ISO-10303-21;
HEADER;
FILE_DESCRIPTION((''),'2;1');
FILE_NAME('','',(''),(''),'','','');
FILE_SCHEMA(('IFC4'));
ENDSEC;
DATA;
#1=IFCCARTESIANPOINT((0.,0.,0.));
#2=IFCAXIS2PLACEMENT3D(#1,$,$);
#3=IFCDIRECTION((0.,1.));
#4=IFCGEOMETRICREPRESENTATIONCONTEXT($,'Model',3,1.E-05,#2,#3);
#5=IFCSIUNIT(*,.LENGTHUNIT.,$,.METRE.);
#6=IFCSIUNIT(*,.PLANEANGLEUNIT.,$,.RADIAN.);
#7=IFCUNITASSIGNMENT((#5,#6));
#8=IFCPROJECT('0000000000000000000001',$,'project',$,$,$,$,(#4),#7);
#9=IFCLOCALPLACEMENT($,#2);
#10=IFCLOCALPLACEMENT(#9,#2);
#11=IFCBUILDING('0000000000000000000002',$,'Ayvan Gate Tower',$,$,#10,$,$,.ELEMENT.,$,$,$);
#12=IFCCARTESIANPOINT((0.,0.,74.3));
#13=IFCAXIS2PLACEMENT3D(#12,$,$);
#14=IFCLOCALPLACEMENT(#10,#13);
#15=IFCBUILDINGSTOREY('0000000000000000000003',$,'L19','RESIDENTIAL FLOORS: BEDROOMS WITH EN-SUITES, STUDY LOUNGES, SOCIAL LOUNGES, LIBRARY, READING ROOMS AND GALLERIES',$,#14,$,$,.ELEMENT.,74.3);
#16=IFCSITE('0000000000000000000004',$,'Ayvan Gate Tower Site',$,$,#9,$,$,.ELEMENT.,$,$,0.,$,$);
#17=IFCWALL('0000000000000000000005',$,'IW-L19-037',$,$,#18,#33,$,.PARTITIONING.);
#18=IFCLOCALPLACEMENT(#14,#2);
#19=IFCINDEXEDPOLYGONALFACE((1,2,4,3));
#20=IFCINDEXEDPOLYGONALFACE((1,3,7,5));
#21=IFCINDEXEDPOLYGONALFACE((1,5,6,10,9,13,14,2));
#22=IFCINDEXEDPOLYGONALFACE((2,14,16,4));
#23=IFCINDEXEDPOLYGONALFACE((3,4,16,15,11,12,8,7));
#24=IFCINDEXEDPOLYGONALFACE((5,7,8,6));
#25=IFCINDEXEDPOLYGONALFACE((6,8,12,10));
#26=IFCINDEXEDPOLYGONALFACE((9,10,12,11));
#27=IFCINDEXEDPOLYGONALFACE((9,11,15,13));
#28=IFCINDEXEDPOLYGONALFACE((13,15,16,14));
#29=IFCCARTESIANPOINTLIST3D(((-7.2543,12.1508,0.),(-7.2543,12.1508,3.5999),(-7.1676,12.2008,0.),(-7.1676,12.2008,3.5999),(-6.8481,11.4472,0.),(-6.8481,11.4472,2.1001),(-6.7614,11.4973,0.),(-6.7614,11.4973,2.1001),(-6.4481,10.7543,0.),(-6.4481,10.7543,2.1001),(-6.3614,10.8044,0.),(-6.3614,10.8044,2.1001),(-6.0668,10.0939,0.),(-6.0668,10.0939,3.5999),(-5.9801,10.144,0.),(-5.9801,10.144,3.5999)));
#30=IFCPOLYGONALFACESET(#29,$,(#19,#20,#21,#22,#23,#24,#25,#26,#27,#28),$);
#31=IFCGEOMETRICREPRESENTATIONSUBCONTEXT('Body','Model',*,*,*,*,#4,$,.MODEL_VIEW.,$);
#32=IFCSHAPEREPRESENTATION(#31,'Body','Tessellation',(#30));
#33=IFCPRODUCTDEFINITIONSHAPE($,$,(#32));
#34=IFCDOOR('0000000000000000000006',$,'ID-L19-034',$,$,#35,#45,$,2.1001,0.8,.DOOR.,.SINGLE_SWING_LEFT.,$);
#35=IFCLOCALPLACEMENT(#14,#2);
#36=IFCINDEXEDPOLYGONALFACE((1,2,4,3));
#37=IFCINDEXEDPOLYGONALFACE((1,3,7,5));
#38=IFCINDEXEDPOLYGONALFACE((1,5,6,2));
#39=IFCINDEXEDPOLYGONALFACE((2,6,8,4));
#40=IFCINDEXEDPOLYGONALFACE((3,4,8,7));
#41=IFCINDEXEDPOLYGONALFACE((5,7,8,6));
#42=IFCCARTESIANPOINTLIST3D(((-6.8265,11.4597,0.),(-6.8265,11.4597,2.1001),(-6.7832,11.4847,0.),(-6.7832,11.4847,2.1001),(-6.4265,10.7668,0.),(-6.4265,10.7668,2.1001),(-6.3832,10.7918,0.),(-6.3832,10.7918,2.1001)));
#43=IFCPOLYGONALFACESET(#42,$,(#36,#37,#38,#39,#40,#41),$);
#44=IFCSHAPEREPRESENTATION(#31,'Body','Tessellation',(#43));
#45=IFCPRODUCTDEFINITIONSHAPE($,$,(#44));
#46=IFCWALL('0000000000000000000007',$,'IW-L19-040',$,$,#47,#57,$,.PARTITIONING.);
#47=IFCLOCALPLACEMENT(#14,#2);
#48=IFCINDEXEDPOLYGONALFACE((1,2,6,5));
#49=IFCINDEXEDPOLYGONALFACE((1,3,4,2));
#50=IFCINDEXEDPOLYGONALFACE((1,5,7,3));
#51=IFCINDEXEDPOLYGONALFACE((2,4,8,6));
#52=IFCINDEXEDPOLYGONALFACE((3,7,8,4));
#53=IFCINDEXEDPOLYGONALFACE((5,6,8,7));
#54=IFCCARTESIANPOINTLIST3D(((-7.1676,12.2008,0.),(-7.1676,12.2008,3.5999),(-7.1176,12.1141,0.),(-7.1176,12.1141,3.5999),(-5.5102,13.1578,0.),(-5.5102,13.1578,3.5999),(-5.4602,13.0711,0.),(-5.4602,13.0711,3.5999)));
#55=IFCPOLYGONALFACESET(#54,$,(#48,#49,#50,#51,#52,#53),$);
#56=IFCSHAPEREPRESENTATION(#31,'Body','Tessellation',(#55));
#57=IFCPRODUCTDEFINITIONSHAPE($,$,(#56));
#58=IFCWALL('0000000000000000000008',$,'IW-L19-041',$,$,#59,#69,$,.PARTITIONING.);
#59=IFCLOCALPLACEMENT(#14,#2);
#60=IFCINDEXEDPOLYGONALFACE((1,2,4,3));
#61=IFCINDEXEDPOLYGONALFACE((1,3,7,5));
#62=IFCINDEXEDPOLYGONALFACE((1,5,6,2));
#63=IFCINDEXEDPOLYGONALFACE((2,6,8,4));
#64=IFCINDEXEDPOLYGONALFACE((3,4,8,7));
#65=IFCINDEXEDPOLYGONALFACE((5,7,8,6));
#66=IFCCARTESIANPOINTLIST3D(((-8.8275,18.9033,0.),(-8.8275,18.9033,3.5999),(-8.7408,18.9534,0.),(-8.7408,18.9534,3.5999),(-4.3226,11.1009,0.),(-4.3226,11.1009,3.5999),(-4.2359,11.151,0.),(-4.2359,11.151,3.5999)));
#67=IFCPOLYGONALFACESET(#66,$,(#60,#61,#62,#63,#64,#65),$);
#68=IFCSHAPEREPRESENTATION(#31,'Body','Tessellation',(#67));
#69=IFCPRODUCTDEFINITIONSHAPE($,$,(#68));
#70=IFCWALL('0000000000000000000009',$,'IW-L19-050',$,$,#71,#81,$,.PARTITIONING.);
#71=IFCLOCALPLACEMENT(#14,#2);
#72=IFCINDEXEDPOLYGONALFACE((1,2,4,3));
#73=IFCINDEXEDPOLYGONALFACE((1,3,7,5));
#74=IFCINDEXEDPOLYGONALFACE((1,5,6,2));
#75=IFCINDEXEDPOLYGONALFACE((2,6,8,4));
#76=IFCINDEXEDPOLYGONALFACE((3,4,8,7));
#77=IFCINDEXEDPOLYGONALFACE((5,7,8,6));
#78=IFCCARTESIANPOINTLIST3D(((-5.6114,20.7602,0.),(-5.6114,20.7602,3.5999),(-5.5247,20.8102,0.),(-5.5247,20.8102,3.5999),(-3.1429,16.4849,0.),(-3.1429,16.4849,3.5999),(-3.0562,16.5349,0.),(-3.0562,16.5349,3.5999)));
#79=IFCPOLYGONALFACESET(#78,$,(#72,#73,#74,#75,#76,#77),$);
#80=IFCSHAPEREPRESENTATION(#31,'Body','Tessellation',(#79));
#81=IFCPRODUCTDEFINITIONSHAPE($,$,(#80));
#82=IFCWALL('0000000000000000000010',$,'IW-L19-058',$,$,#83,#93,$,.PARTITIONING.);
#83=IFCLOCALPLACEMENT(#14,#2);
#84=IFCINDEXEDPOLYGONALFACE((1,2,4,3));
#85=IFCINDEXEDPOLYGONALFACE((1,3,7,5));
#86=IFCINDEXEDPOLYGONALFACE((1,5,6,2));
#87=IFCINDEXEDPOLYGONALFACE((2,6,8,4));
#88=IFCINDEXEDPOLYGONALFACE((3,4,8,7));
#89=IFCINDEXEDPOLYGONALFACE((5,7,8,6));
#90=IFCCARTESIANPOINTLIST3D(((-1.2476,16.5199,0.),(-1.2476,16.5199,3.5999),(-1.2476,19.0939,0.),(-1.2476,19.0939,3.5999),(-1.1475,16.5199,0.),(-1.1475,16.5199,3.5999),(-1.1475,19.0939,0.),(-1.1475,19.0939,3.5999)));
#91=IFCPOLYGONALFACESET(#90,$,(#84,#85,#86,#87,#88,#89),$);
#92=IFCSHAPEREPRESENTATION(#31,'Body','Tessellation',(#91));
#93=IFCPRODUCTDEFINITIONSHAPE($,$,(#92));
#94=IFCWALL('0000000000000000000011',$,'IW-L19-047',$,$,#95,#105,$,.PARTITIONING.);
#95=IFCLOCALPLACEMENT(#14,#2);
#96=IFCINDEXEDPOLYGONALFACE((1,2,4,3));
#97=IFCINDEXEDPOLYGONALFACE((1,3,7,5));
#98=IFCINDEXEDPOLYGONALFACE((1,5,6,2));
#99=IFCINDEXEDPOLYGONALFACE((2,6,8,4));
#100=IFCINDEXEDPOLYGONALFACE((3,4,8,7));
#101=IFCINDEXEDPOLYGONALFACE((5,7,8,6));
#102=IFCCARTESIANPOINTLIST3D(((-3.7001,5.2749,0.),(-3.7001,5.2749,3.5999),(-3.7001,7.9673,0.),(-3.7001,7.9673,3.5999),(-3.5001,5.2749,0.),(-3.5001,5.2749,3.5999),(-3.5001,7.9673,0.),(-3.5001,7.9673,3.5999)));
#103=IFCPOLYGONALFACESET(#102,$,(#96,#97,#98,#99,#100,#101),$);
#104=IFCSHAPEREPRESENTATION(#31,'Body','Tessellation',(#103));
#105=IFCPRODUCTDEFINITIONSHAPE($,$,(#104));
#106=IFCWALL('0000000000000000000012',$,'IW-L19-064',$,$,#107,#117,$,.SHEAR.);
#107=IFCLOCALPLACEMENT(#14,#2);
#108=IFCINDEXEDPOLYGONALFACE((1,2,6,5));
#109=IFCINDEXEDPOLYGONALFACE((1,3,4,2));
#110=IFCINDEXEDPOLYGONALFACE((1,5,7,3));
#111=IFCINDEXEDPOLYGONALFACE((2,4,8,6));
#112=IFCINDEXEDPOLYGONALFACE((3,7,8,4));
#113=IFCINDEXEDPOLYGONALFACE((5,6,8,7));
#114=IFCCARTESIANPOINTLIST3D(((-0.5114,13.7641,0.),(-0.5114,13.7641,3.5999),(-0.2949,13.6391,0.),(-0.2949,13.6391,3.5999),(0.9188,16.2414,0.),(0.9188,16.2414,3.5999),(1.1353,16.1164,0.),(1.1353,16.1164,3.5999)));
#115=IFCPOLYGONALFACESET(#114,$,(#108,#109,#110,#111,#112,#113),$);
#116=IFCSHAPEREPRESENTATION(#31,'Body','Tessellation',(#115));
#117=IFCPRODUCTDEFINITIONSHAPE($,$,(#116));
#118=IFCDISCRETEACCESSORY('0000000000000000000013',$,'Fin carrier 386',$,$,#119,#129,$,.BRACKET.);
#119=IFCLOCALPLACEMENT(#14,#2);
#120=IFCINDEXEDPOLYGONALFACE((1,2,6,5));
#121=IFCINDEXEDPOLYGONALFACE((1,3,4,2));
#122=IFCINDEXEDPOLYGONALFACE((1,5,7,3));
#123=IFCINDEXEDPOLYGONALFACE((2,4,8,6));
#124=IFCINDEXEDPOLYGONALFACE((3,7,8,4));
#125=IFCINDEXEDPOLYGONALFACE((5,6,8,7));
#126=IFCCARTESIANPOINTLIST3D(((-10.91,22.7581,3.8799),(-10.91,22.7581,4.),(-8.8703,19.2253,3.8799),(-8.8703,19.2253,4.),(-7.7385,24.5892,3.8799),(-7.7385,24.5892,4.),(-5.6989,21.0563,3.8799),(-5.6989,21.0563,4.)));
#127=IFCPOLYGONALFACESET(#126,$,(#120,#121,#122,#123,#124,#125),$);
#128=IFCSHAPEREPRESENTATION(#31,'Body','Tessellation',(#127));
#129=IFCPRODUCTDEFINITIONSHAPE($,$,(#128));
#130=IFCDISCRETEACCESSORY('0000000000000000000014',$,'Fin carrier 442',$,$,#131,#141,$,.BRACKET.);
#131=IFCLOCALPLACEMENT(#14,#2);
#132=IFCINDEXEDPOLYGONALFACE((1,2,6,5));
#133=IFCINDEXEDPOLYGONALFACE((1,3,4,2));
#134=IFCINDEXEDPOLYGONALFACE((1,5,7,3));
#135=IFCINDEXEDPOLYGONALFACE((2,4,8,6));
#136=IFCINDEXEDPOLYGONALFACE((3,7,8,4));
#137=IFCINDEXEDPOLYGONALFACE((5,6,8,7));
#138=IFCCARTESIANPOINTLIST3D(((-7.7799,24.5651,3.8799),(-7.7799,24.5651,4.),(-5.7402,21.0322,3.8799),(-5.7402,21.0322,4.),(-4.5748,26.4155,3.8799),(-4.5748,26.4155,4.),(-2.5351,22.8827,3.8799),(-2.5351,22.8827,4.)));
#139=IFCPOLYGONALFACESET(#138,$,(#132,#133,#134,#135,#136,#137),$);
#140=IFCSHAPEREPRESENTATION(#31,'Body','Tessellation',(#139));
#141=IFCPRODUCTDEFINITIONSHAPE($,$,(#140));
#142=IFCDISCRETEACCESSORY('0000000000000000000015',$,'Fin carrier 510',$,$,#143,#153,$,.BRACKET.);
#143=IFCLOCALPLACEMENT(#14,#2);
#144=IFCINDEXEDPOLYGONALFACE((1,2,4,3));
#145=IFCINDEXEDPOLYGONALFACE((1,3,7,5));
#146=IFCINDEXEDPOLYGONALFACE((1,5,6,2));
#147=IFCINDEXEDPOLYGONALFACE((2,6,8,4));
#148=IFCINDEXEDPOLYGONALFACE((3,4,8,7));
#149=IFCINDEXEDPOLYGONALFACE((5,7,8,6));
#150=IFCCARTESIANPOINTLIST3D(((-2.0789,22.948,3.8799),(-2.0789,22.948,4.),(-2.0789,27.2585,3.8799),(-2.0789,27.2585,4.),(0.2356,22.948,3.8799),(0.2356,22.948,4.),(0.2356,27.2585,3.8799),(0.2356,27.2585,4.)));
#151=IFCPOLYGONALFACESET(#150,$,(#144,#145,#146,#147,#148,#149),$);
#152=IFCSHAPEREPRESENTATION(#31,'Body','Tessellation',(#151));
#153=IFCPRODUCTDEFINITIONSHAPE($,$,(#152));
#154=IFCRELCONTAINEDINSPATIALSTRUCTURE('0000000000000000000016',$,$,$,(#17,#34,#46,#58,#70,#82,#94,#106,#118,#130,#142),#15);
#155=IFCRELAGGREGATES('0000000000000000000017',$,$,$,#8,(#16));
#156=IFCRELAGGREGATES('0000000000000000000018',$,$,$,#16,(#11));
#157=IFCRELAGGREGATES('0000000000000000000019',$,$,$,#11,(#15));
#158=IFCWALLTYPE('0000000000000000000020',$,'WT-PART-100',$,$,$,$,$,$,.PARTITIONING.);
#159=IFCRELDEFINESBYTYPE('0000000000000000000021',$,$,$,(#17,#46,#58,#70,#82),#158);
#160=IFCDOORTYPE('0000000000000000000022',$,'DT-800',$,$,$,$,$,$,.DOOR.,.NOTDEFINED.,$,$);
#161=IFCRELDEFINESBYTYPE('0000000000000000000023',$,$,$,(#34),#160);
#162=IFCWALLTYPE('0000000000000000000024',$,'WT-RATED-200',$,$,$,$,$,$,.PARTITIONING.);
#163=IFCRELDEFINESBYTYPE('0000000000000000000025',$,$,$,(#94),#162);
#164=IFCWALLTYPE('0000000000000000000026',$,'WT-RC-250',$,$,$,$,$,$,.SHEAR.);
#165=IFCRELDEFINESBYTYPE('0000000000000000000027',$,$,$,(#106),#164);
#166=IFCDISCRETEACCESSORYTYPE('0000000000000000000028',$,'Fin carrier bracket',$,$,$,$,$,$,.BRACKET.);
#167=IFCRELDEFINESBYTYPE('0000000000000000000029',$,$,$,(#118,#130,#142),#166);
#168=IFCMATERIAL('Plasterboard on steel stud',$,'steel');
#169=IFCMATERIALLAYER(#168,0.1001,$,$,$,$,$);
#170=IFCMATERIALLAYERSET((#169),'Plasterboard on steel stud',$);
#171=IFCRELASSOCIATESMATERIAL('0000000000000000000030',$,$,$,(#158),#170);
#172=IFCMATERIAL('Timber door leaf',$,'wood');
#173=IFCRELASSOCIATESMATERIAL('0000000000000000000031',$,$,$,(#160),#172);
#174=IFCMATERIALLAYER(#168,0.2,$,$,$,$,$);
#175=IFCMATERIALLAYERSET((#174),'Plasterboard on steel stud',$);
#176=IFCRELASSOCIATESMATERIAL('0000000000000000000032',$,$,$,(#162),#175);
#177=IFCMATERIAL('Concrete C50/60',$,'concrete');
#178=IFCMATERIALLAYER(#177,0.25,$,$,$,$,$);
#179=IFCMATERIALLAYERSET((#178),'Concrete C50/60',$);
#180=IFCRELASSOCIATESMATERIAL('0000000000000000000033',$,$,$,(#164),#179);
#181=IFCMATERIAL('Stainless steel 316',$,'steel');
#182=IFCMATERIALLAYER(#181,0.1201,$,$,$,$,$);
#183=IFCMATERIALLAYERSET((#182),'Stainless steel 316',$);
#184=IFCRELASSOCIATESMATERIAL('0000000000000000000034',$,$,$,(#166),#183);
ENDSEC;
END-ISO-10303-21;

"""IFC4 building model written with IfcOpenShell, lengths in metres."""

from ifc_helpers import new_model, si_unit, direction, frame, frame_2d, origin, origin_2d, place, context, subcontext, project, spatial, rectangle, extrude, material, layer, layer_set, type_object, element, fill, save


model = new_model("IFC4")

# Units and contexts
model_context = context("Model", 3, precision=1e-05, world=origin(), true_north=direction((0.0, 1.0)))
body_context = subcontext(model_context, "Body", "Model", "MODEL_VIEW")
ifc_project = project(units=[si_unit("LENGTHUNIT", "METRE"), si_unit("PLANEANGLEUNIT", "RADIAN")], contexts=[model_context])

# Site, building, storey
site_placement = place(None, origin())
site = spatial("IfcSite", under=ifc_project, at=site_placement, Name="Ayvan Gate Tower Site", CompositionType="ELEMENT", RefElevation=0.0)
building_placement = place(site_placement, origin())
building = spatial("IfcBuilding", under=site, at=building_placement, Name="Ayvan Gate Tower", CompositionType="ELEMENT")
storey_placement = place(building_placement, frame((0.0, 0.0, 74.3)))
storey = spatial("IfcBuildingStorey", under=building, at=storey_placement, Name="L19", Description="RESIDENTIAL FLOORS: BEDROOMS WITH EN-SUITES, STUDY LOUNGES, SOCIAL LOUNGES, LIBRARY, READING ROOMS AND GALLERIES", CompositionType="ELEMENT", Elevation=74.3)

# Shared definitions
ifc_material_1 = material(Name="Plasterboard on steel stud", Category="steel")

# Shared definitions
ifc_material_2 = material(Name="Timber door leaf", Category="wood")

# Shared definitions
ifc_layer_1 = layer(ifc_material_1, 0.1001)
ifc_layer_set_1 = layer_set([ifc_layer_1], Name="Plasterboard on steel stud")
wall_type_1 = type_object("IfcWallType", Name="WT-PART-100", PredefinedType="PARTITIONING", material=ifc_layer_set_1)

# Shared definitions
door_type_1 = type_object("IfcDoorType", Name="DT-800", OperationType="NOTDEFINED", PredefinedType="DOOR", material=ifc_material_2)

# Wall, opening, door
wall_1_placement = place(storey_placement, frame((-7.2109, 12.1758, 0.0), z_axis=(0.0, 0.0, 1.0), x_axis=(0.499986, -0.866033, 0.0)))
wall_1 = element("IfcWall", 1, at=wall_1_placement, inside=storey, type_object=wall_type_1, Name="IW-L19-037", PredefinedType="PARTITIONING", context=body_context, shape_type="SweptSolid", body=[
    extrude(rectangle(XDim=2.375, YDim=0.1001, at=frame_2d((1.1875, 0.0))), origin(), (0.0, 0.0, 1.0), 3.5999),
])
opening_1_placement = place(wall_1_placement, frame((0.8125, 0.0, 0.0)))
opening_1 = element("IfcOpeningElement", 2, at=opening_1_placement, cuts=wall_1, PredefinedType="OPENING", context=body_context, shape_type="SweptSolid", body=[
    extrude(rectangle(XDim=0.8, YDim=2.1001, at=frame_2d((0.3999, 1.05))), frame((0.0, 0.0601, 0.0), z_axis=(0.0, -1.0, 0.0), x_axis=(1.0, 0.0, 0.0)), (0.0, 0.0, 1.0), 0.1201),
])
door_1_placement = place(opening_1_placement, origin())
door_1 = element("IfcDoor", 3, at=door_1_placement, inside=storey, type_object=door_type_1, Name="ID-L19-034", OperationType="SINGLE_SWING_LEFT", OverallHeight=2.1001, OverallWidth=0.8, PredefinedType="DOOR", context=body_context, shape_type="SweptSolid", body=[
    extrude(rectangle(XDim=0.8, YDim=2.1001, at=frame_2d((0.3999, 1.05))), frame((0.0, 0.0249, 0.0), z_axis=(0.0, -1.0, 0.0), x_axis=(1.0, 0.0, 0.0)), (0.0, 0.0, 1.0), 0.05),
])
fill(opening_1, door_1)

# Walls
wall_2_placement = place(storey_placement, frame((-5.4851, 13.1145, 0.0), z_axis=(0.0, 0.0, 1.0), x_axis=(-0.866005, -0.500035, 0.0)))
element("IfcWall", 4, at=wall_2_placement, inside=storey, type_object=wall_type_1, Name="IW-L19-040", PredefinedType="PARTITIONING", context=body_context, shape_type="SweptSolid", body=[
    extrude(rectangle(XDim=1.9138, YDim=0.1001, at=frame_2d((0.957, 0.0))), origin(), (0.0, 0.0, 1.0), 3.5999),
])
wall_3_placement = place(storey_placement, frame((-8.7842, 18.9285, 0.0), z_axis=(0.0, 0.0, 1.0), x_axis=(0.500009, -0.86602, 0.0)))
element("IfcWall", 5, at=wall_3_placement, inside=storey, type_object=wall_type_1, Name="IW-L19-041", PredefinedType="PARTITIONING", context=body_context, shape_type="SweptSolid", body=[
    extrude(rectangle(XDim=9.0095, YDim=0.1001, at=frame_2d((4.5049, 0.0))), origin(), (0.0, 0.0, 1.0), 3.5999),
])
wall_4_placement = place(storey_placement, frame((-3.0996, 16.51, 0.0), z_axis=(0.0, 0.0, 1.0), x_axis=(-0.500016, 0.866016, 0.0)))
element("IfcWall", 6, at=wall_4_placement, inside=storey, type_object=wall_type_1, Name="IW-L19-050", PredefinedType="PARTITIONING", context=body_context, shape_type="SweptSolid", body=[
    extrude(rectangle(XDim=4.9368, YDim=0.1001, at=frame_2d((2.4683, 0.0))), origin(), (0.0, 0.0, 1.0), 3.5999),
])
wall_5_placement = place(storey_placement, frame((-1.1975, 19.094, 0.0), z_axis=(0.0, 0.0, 1.0), x_axis=(0.0, -1.0, 0.0)))
element("IfcWall", 7, at=wall_5_placement, inside=storey, type_object=wall_type_1, Name="IW-L19-058", PredefinedType="PARTITIONING", context=body_context, shape_type="SweptSolid", body=[
    extrude(rectangle(XDim=2.574, YDim=0.1001, at=frame_2d((1.2871, 0.0))), origin(), (0.0, 0.0, 1.0), 3.5999),
])
ifc_layer_2 = layer(ifc_material_1, 0.2)
ifc_layer_set_2 = layer_set([ifc_layer_2], Name="Plasterboard on steel stud")
wall_type_2 = type_object("IfcWallType", Name="WT-RATED-200", PredefinedType="PARTITIONING", material=ifc_layer_set_2)
wall_6_placement = place(storey_placement, frame((-3.6001, 7.9673, 0.0), z_axis=(0.0, 0.0, 1.0), x_axis=(0.0, -1.0, 0.0)))
element("IfcWall", 8, at=wall_6_placement, inside=storey, type_object=wall_type_2, Name="IW-L19-047", PredefinedType="PARTITIONING", context=body_context, shape_type="SweptSolid", body=[
    extrude(rectangle(XDim=2.6924, YDim=0.2, at=frame_2d((1.3462, 0.0))), origin(), (0.0, 0.0, 1.0), 3.5999),
])
ifc_material_3 = material(Name="Concrete C50/60", Category="concrete")
ifc_layer_3 = layer(ifc_material_3, 0.25)
ifc_layer_set_3 = layer_set([ifc_layer_3], Name="Concrete C50/60")
wall_type_3 = type_object("IfcWallType", Name="WT-RC-250", PredefinedType="SHEAR", material=ifc_layer_set_3)
wall_7_placement = place(storey_placement, frame((-0.4031, 13.7017, 0.0), z_axis=(0.0, 0.0, 1.0), x_axis=(0.499976, 0.866039, 0.0)))
element("IfcWall", 9, at=wall_7_placement, inside=storey, type_object=wall_type_3, Name="IW-L19-064", PredefinedType="SHEAR", context=body_context, shape_type="SweptSolid", body=[
    extrude(rectangle(XDim=2.8606, YDim=0.25, at=frame_2d((1.4302, 0.0))), origin(), (0.0, 0.0, 1.0), 3.5999),
])

# Discrete accessories
ifc_material_4 = material(Name="Stainless steel 316", Category="steel")
ifc_layer_4 = layer(ifc_material_4, 0.1201)
ifc_layer_set_4 = layer_set([ifc_layer_4], Name="Stainless steel 316")
discrete_accessory_type = type_object("IfcDiscreteAccessoryType", Name="Fin carrier bracket", PredefinedType="BRACKET", material=ifc_layer_set_4)
discrete_accessory_1_placement = place(storey_placement, frame((-8.3044, 21.9072, 3.8799), z_axis=(0.0, 0.0, 1.0), x_axis=(-0.866025, -0.5, 0.0)))
element("IfcDiscreteAccessory", 10, at=discrete_accessory_1_placement, inside=storey, type_object=discrete_accessory_type, Name="Fin carrier 386", PredefinedType="BRACKET", context=body_context, shape_type="SweptSolid", body=[
    extrude(rectangle(XDim=3.6621, YDim=4.0793, at=origin_2d()), origin(), (0.0, 0.0, 1.0), 0.1201),
])
discrete_accessory_2_placement = place(storey_placement, frame((-5.1575, 23.7239, 3.8799), z_axis=(0.0, 0.0, 1.0), x_axis=(-0.866025, -0.5, 0.0)))
element("IfcDiscreteAccessory", 11, at=discrete_accessory_2_placement, inside=storey, type_object=discrete_accessory_type, Name="Fin carrier 442", PredefinedType="BRACKET", context=body_context, shape_type="SweptSolid", body=[
    extrude(rectangle(XDim=3.7009, YDim=4.0793, at=origin_2d()), origin(), (0.0, 0.0, 1.0), 0.1201),
])
discrete_accessory_3_placement = place(storey_placement, frame((-0.9216, 25.1033, 3.8799), z_axis=(0.0, 0.0, 1.0), x_axis=(-1.0, 0.0, 0.0)))
element("IfcDiscreteAccessory", 12, at=discrete_accessory_3_placement, inside=storey, type_object=discrete_accessory_type, Name="Fin carrier 510", PredefinedType="BRACKET", context=body_context, shape_type="SweptSolid", body=[
    extrude(rectangle(XDim=2.3145, YDim=4.3105, at=origin_2d()), origin(), (0.0, 0.0, 1.0), 0.1201),
])

save(model, "model.ifc")
